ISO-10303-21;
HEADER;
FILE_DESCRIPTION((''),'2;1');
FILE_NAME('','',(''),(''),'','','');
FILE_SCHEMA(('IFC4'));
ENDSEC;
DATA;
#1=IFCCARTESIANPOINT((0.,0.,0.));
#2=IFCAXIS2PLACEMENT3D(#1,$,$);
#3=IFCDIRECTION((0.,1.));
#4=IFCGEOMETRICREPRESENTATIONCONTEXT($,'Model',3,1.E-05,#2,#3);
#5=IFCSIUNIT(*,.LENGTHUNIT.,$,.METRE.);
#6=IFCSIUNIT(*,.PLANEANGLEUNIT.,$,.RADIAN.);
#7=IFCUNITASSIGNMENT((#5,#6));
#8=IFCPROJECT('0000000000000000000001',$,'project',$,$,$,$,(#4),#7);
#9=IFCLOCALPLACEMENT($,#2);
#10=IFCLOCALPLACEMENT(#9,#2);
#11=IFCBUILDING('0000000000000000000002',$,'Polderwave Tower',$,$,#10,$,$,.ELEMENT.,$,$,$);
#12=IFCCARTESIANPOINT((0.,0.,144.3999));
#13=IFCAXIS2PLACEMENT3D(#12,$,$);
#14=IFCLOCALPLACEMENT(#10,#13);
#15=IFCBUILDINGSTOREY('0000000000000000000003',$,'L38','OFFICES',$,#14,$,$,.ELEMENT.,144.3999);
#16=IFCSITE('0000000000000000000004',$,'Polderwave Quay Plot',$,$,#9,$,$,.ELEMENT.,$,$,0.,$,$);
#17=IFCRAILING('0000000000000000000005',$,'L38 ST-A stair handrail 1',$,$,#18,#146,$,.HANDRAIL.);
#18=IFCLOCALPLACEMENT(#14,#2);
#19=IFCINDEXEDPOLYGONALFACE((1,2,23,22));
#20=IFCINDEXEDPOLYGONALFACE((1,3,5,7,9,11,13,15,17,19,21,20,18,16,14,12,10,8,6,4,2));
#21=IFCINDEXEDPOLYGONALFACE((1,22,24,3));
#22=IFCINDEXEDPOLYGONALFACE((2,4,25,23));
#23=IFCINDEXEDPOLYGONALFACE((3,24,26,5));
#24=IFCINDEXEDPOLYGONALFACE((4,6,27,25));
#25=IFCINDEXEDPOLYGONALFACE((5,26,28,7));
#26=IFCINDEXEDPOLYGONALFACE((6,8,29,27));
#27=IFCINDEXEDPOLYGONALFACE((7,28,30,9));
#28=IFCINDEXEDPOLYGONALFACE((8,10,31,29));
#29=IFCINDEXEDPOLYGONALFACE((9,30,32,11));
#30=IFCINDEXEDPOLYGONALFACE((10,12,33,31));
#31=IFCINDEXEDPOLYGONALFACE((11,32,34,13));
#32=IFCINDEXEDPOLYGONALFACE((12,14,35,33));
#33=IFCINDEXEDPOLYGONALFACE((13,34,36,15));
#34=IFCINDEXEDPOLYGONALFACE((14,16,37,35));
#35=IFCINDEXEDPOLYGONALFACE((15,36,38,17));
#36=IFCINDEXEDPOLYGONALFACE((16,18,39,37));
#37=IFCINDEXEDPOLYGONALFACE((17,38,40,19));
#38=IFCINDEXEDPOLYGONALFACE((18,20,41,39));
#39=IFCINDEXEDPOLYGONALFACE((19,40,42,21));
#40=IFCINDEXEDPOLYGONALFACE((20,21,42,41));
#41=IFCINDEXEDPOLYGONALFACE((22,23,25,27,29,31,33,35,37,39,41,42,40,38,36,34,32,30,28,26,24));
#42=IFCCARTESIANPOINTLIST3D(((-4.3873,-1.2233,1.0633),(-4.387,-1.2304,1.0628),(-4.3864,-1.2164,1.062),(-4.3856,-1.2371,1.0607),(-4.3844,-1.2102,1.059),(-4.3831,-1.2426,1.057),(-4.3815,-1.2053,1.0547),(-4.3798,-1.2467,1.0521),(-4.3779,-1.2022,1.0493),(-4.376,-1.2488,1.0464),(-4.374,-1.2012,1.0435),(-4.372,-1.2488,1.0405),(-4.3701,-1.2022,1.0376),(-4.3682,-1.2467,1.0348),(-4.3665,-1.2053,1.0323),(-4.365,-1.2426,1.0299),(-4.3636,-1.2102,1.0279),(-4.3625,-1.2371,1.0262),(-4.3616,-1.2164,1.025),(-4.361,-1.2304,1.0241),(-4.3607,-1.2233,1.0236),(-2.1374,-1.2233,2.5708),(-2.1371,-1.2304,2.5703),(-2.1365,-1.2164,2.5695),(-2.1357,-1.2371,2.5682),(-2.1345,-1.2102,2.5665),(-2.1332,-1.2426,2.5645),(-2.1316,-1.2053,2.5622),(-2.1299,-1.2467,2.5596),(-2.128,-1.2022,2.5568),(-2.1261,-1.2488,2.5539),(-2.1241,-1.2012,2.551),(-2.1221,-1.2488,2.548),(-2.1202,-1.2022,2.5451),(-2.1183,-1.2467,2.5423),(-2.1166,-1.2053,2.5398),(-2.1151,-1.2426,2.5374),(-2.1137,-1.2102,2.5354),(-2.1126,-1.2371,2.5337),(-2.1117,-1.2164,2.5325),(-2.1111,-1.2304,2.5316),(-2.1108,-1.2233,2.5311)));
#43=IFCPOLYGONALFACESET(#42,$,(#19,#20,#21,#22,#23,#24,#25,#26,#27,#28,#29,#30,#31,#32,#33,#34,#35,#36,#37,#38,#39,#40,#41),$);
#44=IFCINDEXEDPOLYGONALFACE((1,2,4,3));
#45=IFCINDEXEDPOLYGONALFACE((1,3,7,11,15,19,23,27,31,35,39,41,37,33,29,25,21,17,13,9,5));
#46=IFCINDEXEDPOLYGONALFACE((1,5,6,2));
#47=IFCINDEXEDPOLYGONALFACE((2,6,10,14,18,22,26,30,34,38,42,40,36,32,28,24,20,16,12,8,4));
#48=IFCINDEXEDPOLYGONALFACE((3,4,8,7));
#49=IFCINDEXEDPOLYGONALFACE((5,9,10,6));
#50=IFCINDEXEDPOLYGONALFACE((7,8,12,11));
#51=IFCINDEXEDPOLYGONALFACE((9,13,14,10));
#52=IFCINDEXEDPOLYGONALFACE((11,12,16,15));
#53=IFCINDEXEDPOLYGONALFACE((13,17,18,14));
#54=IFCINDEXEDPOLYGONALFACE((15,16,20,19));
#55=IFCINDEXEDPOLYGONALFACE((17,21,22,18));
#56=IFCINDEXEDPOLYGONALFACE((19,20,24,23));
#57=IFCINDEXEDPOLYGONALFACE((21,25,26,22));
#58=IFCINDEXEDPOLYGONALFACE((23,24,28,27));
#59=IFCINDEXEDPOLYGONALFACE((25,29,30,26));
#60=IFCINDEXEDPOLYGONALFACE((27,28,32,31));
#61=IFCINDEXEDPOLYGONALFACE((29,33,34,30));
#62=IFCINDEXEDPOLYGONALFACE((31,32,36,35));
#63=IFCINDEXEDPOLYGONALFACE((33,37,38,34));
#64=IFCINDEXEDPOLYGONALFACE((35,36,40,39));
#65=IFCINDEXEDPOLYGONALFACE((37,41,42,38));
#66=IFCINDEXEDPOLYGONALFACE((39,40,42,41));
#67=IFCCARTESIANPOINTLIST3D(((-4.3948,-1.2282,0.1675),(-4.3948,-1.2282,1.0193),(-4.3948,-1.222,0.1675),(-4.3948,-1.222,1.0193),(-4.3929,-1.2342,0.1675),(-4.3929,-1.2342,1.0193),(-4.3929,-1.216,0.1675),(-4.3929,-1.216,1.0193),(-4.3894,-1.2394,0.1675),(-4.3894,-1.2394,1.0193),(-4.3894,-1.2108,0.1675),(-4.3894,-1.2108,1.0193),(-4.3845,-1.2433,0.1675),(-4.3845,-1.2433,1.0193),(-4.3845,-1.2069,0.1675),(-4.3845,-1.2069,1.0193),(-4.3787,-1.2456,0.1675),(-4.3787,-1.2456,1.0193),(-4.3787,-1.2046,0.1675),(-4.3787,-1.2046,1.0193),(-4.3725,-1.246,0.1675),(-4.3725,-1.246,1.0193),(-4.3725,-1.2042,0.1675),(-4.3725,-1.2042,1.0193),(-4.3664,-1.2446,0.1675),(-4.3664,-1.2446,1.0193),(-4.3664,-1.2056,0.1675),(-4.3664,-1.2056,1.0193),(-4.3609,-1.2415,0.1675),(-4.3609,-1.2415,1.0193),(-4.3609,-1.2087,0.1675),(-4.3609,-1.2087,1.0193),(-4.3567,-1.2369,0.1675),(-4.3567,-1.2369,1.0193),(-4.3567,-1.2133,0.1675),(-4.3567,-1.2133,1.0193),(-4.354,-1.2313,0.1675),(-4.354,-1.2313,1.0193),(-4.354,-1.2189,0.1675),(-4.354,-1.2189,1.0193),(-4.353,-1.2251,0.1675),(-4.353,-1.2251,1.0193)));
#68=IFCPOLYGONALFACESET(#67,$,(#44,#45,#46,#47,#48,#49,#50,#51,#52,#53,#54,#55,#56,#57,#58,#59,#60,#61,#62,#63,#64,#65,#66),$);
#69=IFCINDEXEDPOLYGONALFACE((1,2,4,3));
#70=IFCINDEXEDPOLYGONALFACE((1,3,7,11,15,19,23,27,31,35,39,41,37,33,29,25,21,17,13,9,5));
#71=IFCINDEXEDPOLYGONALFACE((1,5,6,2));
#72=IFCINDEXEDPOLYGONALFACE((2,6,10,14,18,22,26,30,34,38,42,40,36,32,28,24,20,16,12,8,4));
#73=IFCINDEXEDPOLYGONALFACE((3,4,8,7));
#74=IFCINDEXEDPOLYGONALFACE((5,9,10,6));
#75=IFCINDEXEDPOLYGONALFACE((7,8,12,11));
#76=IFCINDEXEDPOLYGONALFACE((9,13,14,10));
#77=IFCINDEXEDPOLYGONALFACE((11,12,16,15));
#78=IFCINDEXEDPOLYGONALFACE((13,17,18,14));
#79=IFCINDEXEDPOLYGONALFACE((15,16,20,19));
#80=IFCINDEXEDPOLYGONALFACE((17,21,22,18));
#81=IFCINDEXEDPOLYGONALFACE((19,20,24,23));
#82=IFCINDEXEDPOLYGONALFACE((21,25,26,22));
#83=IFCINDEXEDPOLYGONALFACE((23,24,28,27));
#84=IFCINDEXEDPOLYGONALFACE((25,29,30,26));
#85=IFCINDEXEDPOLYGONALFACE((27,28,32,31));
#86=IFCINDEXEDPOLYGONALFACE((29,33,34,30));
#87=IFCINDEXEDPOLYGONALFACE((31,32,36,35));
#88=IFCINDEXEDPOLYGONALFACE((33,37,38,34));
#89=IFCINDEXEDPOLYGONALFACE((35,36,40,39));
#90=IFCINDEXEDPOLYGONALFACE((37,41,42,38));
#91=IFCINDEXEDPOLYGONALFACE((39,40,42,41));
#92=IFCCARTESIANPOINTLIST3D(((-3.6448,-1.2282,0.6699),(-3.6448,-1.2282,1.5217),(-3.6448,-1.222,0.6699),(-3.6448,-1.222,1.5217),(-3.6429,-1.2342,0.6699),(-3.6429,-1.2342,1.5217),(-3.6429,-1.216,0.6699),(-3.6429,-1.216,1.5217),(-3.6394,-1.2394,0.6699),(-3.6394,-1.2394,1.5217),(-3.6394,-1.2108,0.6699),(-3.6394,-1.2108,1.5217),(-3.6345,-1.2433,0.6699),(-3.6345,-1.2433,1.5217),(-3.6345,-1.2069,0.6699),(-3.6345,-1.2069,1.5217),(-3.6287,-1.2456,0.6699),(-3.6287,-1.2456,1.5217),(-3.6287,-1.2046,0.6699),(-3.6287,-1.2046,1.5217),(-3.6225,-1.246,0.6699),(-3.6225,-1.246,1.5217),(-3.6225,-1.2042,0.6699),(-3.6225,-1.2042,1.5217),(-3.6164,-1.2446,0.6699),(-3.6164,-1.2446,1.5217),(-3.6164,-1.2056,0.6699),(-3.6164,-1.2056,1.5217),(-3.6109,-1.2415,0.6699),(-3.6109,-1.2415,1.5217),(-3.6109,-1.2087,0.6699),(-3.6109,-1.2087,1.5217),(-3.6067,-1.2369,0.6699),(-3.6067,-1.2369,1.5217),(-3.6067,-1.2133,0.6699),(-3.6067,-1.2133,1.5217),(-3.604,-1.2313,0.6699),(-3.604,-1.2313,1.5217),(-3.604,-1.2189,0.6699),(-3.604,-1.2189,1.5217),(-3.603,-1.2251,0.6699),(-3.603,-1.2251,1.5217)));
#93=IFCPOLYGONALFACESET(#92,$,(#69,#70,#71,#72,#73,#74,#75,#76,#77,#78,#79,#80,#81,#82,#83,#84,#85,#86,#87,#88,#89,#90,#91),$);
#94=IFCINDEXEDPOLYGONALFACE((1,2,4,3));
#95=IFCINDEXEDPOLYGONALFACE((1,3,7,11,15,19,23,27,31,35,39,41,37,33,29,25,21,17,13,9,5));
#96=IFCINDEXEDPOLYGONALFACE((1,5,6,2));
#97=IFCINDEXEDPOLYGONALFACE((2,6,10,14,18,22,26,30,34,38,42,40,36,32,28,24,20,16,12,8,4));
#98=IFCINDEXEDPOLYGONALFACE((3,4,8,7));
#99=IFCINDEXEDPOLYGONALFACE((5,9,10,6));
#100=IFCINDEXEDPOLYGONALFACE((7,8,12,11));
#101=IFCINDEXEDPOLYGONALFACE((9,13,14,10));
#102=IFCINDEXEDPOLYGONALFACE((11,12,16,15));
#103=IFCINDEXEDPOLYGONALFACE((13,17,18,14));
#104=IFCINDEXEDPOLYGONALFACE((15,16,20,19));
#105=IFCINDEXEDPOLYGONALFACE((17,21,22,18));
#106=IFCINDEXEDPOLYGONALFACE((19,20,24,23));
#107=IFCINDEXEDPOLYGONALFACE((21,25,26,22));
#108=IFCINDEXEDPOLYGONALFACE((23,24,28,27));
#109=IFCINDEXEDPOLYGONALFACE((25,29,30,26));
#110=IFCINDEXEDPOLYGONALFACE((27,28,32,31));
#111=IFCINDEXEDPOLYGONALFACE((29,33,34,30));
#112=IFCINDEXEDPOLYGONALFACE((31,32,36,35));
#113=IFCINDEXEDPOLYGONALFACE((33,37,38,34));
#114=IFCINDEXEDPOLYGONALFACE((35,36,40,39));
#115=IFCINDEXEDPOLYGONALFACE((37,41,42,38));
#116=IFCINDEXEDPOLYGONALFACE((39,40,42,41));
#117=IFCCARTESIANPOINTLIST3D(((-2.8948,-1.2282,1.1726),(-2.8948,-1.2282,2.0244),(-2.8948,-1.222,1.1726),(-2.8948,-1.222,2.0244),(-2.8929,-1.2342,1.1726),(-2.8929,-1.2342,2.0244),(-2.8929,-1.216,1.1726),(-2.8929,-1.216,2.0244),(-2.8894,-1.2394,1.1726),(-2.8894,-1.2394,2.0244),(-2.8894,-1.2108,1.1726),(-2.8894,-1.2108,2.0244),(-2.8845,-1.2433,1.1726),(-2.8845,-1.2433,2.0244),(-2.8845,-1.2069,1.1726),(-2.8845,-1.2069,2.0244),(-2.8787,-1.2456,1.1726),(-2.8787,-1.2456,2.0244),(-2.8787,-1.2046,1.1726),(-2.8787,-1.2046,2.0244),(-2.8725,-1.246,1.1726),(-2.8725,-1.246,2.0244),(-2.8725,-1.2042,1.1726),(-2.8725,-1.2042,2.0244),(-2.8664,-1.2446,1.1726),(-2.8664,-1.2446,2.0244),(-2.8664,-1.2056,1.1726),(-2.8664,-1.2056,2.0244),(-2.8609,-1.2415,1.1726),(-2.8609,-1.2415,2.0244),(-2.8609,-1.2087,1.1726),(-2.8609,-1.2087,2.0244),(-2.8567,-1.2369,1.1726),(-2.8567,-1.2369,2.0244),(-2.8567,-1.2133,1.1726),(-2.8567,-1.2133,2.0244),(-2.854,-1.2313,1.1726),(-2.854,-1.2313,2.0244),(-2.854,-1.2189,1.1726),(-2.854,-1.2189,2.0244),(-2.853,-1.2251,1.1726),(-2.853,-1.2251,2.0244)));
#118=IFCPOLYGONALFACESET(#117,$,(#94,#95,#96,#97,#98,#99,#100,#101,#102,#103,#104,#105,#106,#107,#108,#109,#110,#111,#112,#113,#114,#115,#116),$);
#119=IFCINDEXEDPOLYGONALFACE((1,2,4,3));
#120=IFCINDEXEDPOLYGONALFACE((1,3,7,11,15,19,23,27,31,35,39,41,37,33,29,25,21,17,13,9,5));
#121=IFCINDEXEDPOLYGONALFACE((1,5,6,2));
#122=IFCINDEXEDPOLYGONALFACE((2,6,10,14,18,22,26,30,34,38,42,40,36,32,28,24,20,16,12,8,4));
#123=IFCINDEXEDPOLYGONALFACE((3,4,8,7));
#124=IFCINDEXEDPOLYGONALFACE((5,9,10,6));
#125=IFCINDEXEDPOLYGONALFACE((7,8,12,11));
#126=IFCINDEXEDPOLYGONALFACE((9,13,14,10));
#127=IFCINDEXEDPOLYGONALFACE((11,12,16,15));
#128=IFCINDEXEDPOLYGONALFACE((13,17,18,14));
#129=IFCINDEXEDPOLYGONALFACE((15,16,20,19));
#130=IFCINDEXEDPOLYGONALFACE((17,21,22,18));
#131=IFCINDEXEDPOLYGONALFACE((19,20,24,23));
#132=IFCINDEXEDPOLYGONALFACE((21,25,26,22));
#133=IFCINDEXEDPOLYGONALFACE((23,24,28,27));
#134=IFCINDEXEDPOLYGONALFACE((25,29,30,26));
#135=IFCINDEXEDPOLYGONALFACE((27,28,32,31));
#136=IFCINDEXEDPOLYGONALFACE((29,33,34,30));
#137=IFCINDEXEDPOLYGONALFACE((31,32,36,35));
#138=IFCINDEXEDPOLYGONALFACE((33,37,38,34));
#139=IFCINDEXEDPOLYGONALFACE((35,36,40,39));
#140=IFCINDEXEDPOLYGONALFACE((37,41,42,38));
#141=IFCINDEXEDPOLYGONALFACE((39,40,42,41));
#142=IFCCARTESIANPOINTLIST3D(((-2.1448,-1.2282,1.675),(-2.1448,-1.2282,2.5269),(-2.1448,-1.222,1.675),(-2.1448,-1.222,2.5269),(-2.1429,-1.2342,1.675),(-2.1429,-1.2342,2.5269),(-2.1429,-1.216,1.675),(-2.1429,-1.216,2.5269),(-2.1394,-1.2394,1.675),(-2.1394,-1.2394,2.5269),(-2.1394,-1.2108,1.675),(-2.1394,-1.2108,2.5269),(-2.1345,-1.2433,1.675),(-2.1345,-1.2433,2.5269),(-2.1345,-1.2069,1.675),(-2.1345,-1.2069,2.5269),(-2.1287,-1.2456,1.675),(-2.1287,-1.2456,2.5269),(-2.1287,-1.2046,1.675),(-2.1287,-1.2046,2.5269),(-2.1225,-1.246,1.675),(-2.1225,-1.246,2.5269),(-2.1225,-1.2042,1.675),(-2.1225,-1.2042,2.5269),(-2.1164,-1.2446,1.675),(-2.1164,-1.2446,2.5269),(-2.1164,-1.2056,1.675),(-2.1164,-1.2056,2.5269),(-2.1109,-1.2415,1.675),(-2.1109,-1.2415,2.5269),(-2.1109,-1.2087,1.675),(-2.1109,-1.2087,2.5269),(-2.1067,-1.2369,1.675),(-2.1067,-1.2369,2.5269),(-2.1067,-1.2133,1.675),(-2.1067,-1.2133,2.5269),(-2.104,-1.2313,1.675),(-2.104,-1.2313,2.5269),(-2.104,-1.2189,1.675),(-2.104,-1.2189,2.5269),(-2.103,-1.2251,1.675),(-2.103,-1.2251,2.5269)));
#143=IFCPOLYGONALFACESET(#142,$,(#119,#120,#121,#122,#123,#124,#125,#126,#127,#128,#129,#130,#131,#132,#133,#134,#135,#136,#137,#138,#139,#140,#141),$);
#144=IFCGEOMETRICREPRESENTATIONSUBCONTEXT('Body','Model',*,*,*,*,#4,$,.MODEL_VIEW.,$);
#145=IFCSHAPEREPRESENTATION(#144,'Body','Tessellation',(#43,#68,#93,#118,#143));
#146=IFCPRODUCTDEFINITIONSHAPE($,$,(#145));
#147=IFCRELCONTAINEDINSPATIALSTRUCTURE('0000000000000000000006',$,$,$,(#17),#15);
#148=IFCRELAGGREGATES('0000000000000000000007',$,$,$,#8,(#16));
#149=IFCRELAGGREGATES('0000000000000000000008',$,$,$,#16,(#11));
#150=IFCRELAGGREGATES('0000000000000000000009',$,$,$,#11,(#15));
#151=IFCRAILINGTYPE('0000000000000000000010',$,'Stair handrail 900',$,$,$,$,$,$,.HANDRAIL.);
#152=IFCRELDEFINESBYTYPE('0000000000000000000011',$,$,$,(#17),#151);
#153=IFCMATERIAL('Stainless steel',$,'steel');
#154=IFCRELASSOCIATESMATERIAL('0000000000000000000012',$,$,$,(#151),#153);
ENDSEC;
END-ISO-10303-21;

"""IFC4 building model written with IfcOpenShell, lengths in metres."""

from ifc_helpers import new_model, si_unit, direction, frame, origin, origin_2d, place, context, subcontext, project, spatial, circle, extrude, material, type_object, element, save


model = new_model("IFC4")

# Units and contexts
model_context = context("Model", 3, precision=1e-05, world=origin(), true_north=direction((0.0, 1.0)))
body_context = subcontext(model_context, "Body", "Model", "MODEL_VIEW")
ifc_project = project(units=[si_unit("LENGTHUNIT", "METRE"), si_unit("PLANEANGLEUNIT", "RADIAN")], contexts=[model_context])

# Site, building, storey
site_placement = place(None, origin())
site = spatial("IfcSite", under=ifc_project, at=site_placement, Name="Polderwave Quay Plot", CompositionType="ELEMENT", RefElevation=0.0)
building_placement = place(site_placement, origin())
building = spatial("IfcBuilding", under=site, at=building_placement, Name="Polderwave Tower", CompositionType="ELEMENT")
storey_placement = place(building_placement, frame((0.0, 0.0, 144.3999)))
storey = spatial("IfcBuildingStorey", under=building, at=storey_placement, Name="L38", Description="OFFICES", CompositionType="ELEMENT", Elevation=144.3999)

# Railing
ifc_material_1 = material(Name="Stainless steel", Category="steel")
railing_type_1 = type_object("IfcRailingType", Name="Stair handrail 900", PredefinedType="HANDRAIL", material=ifc_material_1)
railing_1_placement = place(storey_placement, frame((-4.374, -1.2251, 0.1675)))
element("IfcRailing", 1, at=railing_1_placement, inside=storey, type_object=railing_type_1, Name="L38 ST-A stair handrail 1", PredefinedType="HANDRAIL", context=body_context, shape_type="SweptSolid", body=[
    extrude(circle(Radius=0.0239, at=origin_2d()), frame((0.0, 0.0, 0.876), z_axis=(0.830758, 0.0, 0.556633), x_axis=(0.0, 1.0, 0.0)), (0.0, 0.0, 1.0), 2.7083),
    extrude(circle(Radius=0.021, at=origin_2d()), origin(), (0.0, 0.0, 1.0), 0.8518),
    extrude(circle(Radius=0.021, at=origin_2d()), frame((0.75, 0.0, 0.5024)), (0.0, 0.0, 1.0), 0.8518),
    extrude(circle(Radius=0.021, at=origin_2d()), frame((1.5, 0.0, 1.0051)), (0.0, 0.0, 1.0), 0.8518),
    extrude(circle(Radius=0.021, at=origin_2d()), frame((2.25, 0.0, 1.5076)), (0.0, 0.0, 1.0), 0.8518),
])

save(model, "model.ifc")
